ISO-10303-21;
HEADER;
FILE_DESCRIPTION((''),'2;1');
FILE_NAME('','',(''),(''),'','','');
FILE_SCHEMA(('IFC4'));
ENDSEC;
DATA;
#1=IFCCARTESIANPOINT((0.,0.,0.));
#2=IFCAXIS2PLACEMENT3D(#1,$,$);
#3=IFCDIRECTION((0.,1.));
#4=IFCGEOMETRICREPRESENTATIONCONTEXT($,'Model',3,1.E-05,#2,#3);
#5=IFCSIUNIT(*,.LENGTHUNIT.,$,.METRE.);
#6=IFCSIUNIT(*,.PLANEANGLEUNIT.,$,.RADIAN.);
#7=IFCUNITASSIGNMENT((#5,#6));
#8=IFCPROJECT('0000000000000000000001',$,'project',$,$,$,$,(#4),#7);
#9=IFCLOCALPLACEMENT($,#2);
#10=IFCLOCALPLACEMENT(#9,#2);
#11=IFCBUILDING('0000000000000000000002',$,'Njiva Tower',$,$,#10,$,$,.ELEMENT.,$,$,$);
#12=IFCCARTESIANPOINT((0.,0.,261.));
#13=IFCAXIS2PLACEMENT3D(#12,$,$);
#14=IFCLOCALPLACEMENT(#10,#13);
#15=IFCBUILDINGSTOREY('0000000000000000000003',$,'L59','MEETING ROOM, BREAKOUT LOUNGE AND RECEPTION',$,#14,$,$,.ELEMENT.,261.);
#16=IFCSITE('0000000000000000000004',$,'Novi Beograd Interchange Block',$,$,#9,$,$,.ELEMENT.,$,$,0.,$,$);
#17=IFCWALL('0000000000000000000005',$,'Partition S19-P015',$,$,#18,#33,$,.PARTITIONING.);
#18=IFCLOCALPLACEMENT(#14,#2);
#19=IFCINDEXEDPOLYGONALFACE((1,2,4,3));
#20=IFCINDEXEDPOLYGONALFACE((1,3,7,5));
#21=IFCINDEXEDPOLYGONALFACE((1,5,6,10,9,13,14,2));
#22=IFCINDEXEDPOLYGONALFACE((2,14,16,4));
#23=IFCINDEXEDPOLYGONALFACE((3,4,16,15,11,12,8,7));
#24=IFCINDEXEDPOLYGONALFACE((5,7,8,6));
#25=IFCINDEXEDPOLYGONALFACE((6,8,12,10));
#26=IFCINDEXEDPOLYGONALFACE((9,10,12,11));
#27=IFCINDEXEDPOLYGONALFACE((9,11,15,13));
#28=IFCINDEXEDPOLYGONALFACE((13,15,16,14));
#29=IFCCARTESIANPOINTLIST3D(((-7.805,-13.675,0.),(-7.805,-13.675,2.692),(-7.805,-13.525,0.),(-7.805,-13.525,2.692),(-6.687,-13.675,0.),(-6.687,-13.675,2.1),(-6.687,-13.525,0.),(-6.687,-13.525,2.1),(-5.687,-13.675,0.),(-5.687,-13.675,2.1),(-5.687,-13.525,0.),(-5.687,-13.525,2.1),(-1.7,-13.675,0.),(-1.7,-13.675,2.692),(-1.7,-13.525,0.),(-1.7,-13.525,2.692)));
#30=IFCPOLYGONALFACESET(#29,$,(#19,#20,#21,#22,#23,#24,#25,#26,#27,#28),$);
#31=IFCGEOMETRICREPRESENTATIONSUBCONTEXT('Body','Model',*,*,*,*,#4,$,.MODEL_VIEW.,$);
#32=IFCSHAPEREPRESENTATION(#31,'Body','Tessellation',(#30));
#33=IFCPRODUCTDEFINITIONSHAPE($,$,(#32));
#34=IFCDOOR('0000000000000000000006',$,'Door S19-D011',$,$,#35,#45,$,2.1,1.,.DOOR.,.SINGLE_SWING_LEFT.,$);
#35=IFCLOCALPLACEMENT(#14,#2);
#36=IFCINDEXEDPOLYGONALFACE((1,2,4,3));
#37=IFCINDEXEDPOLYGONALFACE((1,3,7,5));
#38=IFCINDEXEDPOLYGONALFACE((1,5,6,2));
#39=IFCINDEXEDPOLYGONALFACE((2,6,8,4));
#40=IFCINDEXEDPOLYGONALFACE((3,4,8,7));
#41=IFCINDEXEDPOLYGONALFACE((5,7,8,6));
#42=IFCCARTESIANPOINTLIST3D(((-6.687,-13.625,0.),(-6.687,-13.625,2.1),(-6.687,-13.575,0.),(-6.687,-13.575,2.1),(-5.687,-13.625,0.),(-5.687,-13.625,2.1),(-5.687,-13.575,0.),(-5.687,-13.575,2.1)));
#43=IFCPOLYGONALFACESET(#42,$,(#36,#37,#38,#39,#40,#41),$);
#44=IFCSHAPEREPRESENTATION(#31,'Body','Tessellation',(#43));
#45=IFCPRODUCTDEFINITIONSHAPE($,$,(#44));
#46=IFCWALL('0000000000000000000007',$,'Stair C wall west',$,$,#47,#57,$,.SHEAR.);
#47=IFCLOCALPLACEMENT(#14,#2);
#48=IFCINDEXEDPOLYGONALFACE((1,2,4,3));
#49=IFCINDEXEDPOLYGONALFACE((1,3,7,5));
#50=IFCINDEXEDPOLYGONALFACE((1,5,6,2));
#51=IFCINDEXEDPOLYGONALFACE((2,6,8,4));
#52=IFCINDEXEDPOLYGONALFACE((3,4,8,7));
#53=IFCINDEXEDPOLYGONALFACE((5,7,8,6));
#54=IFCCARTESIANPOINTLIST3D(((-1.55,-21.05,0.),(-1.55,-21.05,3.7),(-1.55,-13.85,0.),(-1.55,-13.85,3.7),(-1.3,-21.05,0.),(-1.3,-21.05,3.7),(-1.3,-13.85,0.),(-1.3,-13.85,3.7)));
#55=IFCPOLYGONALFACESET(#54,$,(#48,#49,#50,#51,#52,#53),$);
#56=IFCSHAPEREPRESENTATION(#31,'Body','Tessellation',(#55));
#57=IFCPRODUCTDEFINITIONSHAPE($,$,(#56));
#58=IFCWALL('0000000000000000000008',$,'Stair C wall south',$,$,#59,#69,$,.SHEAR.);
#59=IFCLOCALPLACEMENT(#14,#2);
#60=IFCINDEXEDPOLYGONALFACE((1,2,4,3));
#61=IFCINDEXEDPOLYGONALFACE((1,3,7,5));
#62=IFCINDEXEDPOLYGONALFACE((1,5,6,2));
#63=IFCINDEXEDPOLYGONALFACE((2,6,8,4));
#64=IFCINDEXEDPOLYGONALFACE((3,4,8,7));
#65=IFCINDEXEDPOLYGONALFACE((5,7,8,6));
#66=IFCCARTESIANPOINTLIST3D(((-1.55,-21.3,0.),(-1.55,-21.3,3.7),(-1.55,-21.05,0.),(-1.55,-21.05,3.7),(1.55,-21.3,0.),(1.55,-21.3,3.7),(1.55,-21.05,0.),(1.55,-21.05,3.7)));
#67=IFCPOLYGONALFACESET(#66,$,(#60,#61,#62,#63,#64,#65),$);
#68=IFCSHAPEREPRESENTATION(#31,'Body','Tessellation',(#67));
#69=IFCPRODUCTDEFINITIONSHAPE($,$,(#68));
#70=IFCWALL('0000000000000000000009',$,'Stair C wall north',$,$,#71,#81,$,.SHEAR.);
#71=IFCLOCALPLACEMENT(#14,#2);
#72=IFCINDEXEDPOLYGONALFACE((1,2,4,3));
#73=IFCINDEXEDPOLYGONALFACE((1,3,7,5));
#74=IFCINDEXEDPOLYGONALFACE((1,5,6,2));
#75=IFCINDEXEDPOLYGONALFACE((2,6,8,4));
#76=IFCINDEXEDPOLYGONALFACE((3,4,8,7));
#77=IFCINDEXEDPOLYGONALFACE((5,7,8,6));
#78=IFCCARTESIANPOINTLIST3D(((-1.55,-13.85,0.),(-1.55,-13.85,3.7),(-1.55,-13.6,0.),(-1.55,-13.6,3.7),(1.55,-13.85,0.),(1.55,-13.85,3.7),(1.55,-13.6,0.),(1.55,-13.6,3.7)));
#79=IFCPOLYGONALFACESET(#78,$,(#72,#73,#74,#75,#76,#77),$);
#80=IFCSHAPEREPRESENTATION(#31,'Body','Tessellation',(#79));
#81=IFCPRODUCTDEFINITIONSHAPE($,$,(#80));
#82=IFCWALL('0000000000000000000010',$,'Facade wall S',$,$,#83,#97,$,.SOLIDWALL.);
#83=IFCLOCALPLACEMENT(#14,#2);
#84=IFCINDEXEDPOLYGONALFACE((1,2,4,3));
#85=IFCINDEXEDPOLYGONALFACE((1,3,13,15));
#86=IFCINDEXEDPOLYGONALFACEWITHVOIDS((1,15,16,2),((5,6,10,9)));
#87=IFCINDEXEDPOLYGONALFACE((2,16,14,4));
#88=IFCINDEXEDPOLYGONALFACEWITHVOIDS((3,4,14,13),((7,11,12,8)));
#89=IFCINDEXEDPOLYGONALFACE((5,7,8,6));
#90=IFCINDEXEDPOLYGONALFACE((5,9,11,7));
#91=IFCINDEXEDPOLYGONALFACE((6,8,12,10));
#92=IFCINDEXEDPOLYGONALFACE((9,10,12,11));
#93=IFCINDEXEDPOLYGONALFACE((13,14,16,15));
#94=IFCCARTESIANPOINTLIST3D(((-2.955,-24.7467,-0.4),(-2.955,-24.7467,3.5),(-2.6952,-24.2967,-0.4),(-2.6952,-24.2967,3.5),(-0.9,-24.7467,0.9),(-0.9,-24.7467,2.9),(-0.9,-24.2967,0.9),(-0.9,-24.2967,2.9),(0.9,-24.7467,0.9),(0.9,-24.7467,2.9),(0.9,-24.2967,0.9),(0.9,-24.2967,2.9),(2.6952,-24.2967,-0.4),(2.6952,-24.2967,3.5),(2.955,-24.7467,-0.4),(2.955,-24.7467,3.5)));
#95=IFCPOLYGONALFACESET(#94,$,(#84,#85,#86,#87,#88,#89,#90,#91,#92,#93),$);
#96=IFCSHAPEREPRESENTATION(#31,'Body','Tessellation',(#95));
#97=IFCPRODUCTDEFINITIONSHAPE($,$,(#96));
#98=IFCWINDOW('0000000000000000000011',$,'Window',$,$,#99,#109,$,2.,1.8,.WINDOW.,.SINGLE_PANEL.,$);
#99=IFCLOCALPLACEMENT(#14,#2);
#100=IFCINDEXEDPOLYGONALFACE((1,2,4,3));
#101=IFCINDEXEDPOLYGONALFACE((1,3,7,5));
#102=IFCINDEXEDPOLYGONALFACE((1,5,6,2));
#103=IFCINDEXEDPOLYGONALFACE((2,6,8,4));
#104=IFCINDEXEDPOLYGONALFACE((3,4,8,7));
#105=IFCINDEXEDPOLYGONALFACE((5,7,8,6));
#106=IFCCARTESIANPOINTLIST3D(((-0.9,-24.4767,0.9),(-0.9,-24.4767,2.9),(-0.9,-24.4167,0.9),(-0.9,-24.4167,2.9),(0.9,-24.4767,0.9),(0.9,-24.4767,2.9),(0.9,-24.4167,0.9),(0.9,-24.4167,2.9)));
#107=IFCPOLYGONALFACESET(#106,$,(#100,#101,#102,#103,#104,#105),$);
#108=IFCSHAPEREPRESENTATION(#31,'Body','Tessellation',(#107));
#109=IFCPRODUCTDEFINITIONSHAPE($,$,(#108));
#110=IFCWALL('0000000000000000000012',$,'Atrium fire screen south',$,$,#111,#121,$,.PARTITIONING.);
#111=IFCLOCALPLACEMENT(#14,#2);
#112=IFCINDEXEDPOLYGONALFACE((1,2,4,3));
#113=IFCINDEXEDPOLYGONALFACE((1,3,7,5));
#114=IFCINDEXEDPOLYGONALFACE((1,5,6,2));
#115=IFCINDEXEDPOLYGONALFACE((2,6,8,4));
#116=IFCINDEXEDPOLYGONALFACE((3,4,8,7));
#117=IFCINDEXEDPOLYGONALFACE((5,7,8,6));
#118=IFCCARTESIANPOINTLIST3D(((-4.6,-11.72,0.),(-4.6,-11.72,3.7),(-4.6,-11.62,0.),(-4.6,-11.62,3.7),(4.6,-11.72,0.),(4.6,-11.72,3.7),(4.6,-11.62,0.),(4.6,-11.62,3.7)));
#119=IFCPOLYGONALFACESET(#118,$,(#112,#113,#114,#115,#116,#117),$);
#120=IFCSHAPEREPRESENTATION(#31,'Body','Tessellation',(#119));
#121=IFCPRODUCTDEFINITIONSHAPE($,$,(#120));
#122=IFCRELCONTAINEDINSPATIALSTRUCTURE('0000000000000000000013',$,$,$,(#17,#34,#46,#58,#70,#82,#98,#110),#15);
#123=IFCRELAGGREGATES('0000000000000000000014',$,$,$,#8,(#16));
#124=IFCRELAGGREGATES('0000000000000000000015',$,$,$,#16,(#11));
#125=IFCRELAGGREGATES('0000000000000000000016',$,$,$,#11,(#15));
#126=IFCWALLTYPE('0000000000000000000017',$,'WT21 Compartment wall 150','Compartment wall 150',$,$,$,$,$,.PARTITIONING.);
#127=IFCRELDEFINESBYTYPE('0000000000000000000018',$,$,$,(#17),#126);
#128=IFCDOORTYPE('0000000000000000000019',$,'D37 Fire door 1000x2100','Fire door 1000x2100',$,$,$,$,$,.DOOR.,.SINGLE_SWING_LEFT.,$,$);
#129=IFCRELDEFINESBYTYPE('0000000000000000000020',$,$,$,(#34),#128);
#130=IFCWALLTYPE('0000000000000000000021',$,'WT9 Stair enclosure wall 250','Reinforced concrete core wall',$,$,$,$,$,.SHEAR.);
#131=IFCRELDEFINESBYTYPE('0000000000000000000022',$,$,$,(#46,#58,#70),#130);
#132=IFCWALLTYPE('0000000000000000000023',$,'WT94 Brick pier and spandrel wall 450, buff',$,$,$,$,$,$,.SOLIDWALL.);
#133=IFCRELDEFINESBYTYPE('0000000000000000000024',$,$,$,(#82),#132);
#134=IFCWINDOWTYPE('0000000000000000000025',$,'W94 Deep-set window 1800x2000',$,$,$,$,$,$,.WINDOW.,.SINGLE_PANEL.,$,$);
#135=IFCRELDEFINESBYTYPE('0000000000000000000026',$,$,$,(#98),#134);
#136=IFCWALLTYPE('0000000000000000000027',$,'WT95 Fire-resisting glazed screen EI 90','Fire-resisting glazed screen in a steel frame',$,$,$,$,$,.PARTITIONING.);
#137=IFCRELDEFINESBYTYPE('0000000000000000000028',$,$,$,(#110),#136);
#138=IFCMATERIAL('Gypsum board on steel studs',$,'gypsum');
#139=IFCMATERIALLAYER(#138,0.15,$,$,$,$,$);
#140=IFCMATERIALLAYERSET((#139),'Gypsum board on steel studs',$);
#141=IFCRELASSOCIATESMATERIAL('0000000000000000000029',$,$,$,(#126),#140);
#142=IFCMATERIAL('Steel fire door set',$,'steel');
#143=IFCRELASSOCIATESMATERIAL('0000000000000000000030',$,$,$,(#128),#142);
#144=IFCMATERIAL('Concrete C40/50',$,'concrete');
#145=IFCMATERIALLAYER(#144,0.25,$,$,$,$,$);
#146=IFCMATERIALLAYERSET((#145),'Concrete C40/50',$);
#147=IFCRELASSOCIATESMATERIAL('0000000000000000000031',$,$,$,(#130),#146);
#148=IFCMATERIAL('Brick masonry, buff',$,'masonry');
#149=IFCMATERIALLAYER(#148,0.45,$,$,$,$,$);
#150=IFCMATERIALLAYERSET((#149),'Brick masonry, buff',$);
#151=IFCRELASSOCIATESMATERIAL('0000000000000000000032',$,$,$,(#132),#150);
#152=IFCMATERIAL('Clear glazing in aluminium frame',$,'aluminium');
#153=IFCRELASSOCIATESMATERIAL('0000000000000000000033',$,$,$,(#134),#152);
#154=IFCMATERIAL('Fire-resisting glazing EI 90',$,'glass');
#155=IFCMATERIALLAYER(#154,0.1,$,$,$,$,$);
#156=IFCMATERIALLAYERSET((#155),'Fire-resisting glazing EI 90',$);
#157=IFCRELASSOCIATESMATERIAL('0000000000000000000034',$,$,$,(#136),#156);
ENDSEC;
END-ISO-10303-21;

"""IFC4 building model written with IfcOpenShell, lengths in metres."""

from ifc_helpers import new_model, si_unit, direction, frame, frame_2d, origin, place, context, subcontext, project, spatial, polyline, rectangle, outline, extrude, material, layer, layer_set, type_object, element, fill, save


model = new_model("IFC4")

# Units and contexts
model_context = context("Model", 3, precision=1e-05, world=origin(), true_north=direction((0.0, 1.0)))
body_context = subcontext(model_context, "Body", "Model", "MODEL_VIEW")
ifc_project = project(units=[si_unit("LENGTHUNIT", "METRE"), si_unit("PLANEANGLEUNIT", "RADIAN")], contexts=[model_context])

# Site, building, storey
site_placement = place(None, origin())
site = spatial("IfcSite", under=ifc_project, at=site_placement, Name="Novi Beograd Interchange Block", CompositionType="ELEMENT", RefElevation=0.0)
building_placement = place(site_placement, origin())
building = spatial("IfcBuilding", under=site, at=building_placement, Name="Njiva Tower", CompositionType="ELEMENT")
storey_placement = place(building_placement, frame((0.0, 0.0, 261.0)))
storey = spatial("IfcBuildingStorey", under=building, at=storey_placement, Name="L59", Description="MEETING ROOM, BREAKOUT LOUNGE AND RECEPTION", CompositionType="ELEMENT", Elevation=261.0)

# Shared definitions
ifc_material_1 = material(Name="Gypsum board on steel studs", Category="gypsum")

# Shared definitions
ifc_layer_1 = layer(ifc_material_1, 0.15)
ifc_layer_set_1 = layer_set([ifc_layer_1], Name="Gypsum board on steel studs")
wall_type_1 = type_object("IfcWallType", Name="WT21 Compartment wall 150", Description="Compartment wall 150", PredefinedType="PARTITIONING", material=ifc_layer_set_1)
ifc_material_2 = material(Name="Steel fire door set", Category="steel")
door_type = type_object("IfcDoorType", Name="D37 Fire door 1000x2100", Description="Fire door 1000x2100", OperationType="SINGLE_SWING_LEFT", PredefinedType="DOOR", material=ifc_material_2)

# Wall, opening, door
wall_1_placement = place(storey_placement, frame((-7.805, -13.6, 0.0), z_axis=(0.0, 0.0, 1.0), x_axis=(1.0, 0.0, 0.0)))
wall_1 = element("IfcWall", 1, at=wall_1_placement, inside=storey, type_object=wall_type_1, Name="Partition S19-P015", PredefinedType="PARTITIONING", context=body_context, shape_type="SweptSolid", body=[
    extrude(rectangle(XDim=6.105, YDim=0.15, at=frame_2d((3.0525, 0.0))), origin(), (0.0, 0.0, 1.0), 2.692),
])
opening_1_placement = place(wall_1_placement, frame((1.118, 0.0, 0.0)))
opening_1 = element("IfcOpeningElement", 2, at=opening_1_placement, cuts=wall_1, PredefinedType="OPENING", context=body_context, shape_type="SweptSolid", body=[
    extrude(rectangle(XDim=1.0, YDim=2.1, at=frame_2d((0.5, 1.05))), frame((0.0, 0.085, 0.0), z_axis=(0.0, -1.0, 0.0), x_axis=(1.0, 0.0, 0.0)), (0.0, 0.0, 1.0), 0.17),
])
door_1_placement = place(opening_1_placement, origin())
door_1 = element("IfcDoor", 3, at=door_1_placement, inside=storey, type_object=door_type, Name="Door S19-D011", OperationType="SINGLE_SWING_LEFT", OverallHeight=2.1, OverallWidth=1.0, PredefinedType="DOOR", context=body_context, shape_type="SweptSolid", body=[
    extrude(rectangle(XDim=1.0, YDim=2.1, at=frame_2d((0.5, 1.05))), frame((0.0, 0.025, 0.0), z_axis=(0.0, -1.0, 0.0), x_axis=(1.0, 0.0, 0.0)), (0.0, 0.0, 1.0), 0.05),
])
fill(opening_1, door_1)

# Walls
ifc_material_3 = material(Name="Concrete C40/50", Category="concrete")
ifc_layer_2 = layer(ifc_material_3, 0.25)
ifc_layer_set_2 = layer_set([ifc_layer_2], Name="Concrete C40/50")
wall_type_2 = type_object("IfcWallType", Name="WT9 Stair enclosure wall 250", Description="Reinforced concrete core wall", PredefinedType="SHEAR", material=ifc_layer_set_2)
wall_2_placement = place(storey_placement, frame((-1.425, -21.05, 0.0), z_axis=(0.0, 0.0, 1.0), x_axis=(0.0, 1.0, 0.0)))
element("IfcWall", 4, at=wall_2_placement, inside=storey, type_object=wall_type_2, Name="Stair C wall west", PredefinedType="SHEAR", context=body_context, shape_type="SweptSolid", body=[
    extrude(rectangle(XDim=7.2, YDim=0.25, at=frame_2d((3.6, 0.0))), origin(), (0.0, 0.0, 1.0), 3.7),
])
for number, where, z_axis, x_axis, name in (
    (5, (-1.55, -21.175, 0.0), (0.0, 0.0, 1.0), (1.0, 0.0, 0.0), "Stair C wall south"),
    (6, (-1.55, -13.725, 0.0), (0.0, 0.0, 1.0), (1.0, 0.0, 0.0), "Stair C wall north"),
):
    element("IfcWall", number, at=place(storey_placement, frame(where, z_axis=z_axis, x_axis=x_axis)), inside=storey, type_object=wall_type_2, Name=name, PredefinedType="SHEAR", context=body_context, shape_type="SweptSolid", body=[
        extrude(rectangle(XDim=3.1, YDim=0.25, at=frame_2d((1.55, 0.0))), origin(), (0.0, 0.0, 1.0), 3.7),
    ])

# Wall, opening, window
ifc_material_4 = material(Name="Brick masonry, buff", Category="masonry")
ifc_layer_3 = layer(ifc_material_4, 0.45)
ifc_layer_set_3 = layer_set([ifc_layer_3], Name="Brick masonry, buff")
wall_type_3 = type_object("IfcWallType", Name="WT94 Brick pier and spandrel wall 450, buff", PredefinedType="SOLIDWALL", material=ifc_layer_set_3)
wall_3_placement = place(storey_placement, frame((-2.8251, -24.5217, -0.4), z_axis=(0.0, 0.0, 1.0), x_axis=(1.0, 0.0, 0.0)))
wall_3 = element("IfcWall", 7, at=wall_3_placement, inside=storey, type_object=wall_type_3, Name="Facade wall S", PredefinedType="SOLIDWALL", context=body_context, shape_type="SweptSolid", body=[
    extrude(outline(polyline([(-0.1299, -0.225), (5.7801, -0.225), (5.5203, 0.225), (0.1299, 0.225), (-0.1299, -0.225)])), origin(), (0.0, 0.0, 1.0), 3.9),
])
opening_2_placement = place(wall_3_placement, frame((1.9251, 0.0, 1.3)))
opening_2 = element("IfcOpeningElement", 8, at=opening_2_placement, cuts=wall_3, PredefinedType="OPENING", context=body_context, shape_type="SweptSolid", body=[
    extrude(rectangle(XDim=1.8, YDim=2.0, at=frame_2d((0.9, 1.0))), frame((0.0, 0.235, 0.0), z_axis=(0.0, -1.0, 0.0), x_axis=(1.0, 0.0, 0.0)), (0.0, 0.0, 1.0), 0.47),
])
ifc_material_5 = material(Name="Clear glazing in aluminium frame", Category="aluminium")
window_type = type_object("IfcWindowType", Name="W94 Deep-set window 1800x2000", PartitioningType="SINGLE_PANEL", PredefinedType="WINDOW", material=ifc_material_5)
window_placement = place(opening_2_placement, origin())
window = element("IfcWindow", 9, at=window_placement, inside=storey, type_object=window_type, Name="Window", OverallHeight=2.0, OverallWidth=1.8, PartitioningType="SINGLE_PANEL", PredefinedType="WINDOW", context=body_context, shape_type="SweptSolid", body=[
    extrude(rectangle(XDim=1.8, YDim=2.0, at=frame_2d((0.9, 1.0))), frame((0.0, 0.105, 0.0), z_axis=(0.0, -1.0, 0.0), x_axis=(1.0, 0.0, 0.0)), (0.0, 0.0, 1.0), 0.06),
])
fill(opening_2, window)

# Wall
ifc_material_6 = material(Name="Fire-resisting glazing EI 90", Category="glass")
ifc_layer_4 = layer(ifc_material_6, 0.1)
ifc_layer_set_4 = layer_set([ifc_layer_4], Name="Fire-resisting glazing EI 90")
wall_type_4 = type_object("IfcWallType", Name="WT95 Fire-resisting glazed screen EI 90", Description="Fire-resisting glazed screen in a steel frame", PredefinedType="PARTITIONING", material=ifc_layer_set_4)
wall_4_placement = place(storey_placement, frame((-4.6, -11.67, 0.0), z_axis=(0.0, 0.0, 1.0), x_axis=(1.0, 0.0, 0.0)))
element("IfcWall", 10, at=wall_4_placement, inside=storey, type_object=wall_type_4, Name="Atrium fire screen south", PredefinedType="PARTITIONING", context=body_context, shape_type="SweptSolid", body=[
    extrude(rectangle(XDim=9.2, YDim=0.1, at=frame_2d((4.6, 0.0))), origin(), (0.0, 0.0, 1.0), 3.7),
])

save(model, "model.ifc")
